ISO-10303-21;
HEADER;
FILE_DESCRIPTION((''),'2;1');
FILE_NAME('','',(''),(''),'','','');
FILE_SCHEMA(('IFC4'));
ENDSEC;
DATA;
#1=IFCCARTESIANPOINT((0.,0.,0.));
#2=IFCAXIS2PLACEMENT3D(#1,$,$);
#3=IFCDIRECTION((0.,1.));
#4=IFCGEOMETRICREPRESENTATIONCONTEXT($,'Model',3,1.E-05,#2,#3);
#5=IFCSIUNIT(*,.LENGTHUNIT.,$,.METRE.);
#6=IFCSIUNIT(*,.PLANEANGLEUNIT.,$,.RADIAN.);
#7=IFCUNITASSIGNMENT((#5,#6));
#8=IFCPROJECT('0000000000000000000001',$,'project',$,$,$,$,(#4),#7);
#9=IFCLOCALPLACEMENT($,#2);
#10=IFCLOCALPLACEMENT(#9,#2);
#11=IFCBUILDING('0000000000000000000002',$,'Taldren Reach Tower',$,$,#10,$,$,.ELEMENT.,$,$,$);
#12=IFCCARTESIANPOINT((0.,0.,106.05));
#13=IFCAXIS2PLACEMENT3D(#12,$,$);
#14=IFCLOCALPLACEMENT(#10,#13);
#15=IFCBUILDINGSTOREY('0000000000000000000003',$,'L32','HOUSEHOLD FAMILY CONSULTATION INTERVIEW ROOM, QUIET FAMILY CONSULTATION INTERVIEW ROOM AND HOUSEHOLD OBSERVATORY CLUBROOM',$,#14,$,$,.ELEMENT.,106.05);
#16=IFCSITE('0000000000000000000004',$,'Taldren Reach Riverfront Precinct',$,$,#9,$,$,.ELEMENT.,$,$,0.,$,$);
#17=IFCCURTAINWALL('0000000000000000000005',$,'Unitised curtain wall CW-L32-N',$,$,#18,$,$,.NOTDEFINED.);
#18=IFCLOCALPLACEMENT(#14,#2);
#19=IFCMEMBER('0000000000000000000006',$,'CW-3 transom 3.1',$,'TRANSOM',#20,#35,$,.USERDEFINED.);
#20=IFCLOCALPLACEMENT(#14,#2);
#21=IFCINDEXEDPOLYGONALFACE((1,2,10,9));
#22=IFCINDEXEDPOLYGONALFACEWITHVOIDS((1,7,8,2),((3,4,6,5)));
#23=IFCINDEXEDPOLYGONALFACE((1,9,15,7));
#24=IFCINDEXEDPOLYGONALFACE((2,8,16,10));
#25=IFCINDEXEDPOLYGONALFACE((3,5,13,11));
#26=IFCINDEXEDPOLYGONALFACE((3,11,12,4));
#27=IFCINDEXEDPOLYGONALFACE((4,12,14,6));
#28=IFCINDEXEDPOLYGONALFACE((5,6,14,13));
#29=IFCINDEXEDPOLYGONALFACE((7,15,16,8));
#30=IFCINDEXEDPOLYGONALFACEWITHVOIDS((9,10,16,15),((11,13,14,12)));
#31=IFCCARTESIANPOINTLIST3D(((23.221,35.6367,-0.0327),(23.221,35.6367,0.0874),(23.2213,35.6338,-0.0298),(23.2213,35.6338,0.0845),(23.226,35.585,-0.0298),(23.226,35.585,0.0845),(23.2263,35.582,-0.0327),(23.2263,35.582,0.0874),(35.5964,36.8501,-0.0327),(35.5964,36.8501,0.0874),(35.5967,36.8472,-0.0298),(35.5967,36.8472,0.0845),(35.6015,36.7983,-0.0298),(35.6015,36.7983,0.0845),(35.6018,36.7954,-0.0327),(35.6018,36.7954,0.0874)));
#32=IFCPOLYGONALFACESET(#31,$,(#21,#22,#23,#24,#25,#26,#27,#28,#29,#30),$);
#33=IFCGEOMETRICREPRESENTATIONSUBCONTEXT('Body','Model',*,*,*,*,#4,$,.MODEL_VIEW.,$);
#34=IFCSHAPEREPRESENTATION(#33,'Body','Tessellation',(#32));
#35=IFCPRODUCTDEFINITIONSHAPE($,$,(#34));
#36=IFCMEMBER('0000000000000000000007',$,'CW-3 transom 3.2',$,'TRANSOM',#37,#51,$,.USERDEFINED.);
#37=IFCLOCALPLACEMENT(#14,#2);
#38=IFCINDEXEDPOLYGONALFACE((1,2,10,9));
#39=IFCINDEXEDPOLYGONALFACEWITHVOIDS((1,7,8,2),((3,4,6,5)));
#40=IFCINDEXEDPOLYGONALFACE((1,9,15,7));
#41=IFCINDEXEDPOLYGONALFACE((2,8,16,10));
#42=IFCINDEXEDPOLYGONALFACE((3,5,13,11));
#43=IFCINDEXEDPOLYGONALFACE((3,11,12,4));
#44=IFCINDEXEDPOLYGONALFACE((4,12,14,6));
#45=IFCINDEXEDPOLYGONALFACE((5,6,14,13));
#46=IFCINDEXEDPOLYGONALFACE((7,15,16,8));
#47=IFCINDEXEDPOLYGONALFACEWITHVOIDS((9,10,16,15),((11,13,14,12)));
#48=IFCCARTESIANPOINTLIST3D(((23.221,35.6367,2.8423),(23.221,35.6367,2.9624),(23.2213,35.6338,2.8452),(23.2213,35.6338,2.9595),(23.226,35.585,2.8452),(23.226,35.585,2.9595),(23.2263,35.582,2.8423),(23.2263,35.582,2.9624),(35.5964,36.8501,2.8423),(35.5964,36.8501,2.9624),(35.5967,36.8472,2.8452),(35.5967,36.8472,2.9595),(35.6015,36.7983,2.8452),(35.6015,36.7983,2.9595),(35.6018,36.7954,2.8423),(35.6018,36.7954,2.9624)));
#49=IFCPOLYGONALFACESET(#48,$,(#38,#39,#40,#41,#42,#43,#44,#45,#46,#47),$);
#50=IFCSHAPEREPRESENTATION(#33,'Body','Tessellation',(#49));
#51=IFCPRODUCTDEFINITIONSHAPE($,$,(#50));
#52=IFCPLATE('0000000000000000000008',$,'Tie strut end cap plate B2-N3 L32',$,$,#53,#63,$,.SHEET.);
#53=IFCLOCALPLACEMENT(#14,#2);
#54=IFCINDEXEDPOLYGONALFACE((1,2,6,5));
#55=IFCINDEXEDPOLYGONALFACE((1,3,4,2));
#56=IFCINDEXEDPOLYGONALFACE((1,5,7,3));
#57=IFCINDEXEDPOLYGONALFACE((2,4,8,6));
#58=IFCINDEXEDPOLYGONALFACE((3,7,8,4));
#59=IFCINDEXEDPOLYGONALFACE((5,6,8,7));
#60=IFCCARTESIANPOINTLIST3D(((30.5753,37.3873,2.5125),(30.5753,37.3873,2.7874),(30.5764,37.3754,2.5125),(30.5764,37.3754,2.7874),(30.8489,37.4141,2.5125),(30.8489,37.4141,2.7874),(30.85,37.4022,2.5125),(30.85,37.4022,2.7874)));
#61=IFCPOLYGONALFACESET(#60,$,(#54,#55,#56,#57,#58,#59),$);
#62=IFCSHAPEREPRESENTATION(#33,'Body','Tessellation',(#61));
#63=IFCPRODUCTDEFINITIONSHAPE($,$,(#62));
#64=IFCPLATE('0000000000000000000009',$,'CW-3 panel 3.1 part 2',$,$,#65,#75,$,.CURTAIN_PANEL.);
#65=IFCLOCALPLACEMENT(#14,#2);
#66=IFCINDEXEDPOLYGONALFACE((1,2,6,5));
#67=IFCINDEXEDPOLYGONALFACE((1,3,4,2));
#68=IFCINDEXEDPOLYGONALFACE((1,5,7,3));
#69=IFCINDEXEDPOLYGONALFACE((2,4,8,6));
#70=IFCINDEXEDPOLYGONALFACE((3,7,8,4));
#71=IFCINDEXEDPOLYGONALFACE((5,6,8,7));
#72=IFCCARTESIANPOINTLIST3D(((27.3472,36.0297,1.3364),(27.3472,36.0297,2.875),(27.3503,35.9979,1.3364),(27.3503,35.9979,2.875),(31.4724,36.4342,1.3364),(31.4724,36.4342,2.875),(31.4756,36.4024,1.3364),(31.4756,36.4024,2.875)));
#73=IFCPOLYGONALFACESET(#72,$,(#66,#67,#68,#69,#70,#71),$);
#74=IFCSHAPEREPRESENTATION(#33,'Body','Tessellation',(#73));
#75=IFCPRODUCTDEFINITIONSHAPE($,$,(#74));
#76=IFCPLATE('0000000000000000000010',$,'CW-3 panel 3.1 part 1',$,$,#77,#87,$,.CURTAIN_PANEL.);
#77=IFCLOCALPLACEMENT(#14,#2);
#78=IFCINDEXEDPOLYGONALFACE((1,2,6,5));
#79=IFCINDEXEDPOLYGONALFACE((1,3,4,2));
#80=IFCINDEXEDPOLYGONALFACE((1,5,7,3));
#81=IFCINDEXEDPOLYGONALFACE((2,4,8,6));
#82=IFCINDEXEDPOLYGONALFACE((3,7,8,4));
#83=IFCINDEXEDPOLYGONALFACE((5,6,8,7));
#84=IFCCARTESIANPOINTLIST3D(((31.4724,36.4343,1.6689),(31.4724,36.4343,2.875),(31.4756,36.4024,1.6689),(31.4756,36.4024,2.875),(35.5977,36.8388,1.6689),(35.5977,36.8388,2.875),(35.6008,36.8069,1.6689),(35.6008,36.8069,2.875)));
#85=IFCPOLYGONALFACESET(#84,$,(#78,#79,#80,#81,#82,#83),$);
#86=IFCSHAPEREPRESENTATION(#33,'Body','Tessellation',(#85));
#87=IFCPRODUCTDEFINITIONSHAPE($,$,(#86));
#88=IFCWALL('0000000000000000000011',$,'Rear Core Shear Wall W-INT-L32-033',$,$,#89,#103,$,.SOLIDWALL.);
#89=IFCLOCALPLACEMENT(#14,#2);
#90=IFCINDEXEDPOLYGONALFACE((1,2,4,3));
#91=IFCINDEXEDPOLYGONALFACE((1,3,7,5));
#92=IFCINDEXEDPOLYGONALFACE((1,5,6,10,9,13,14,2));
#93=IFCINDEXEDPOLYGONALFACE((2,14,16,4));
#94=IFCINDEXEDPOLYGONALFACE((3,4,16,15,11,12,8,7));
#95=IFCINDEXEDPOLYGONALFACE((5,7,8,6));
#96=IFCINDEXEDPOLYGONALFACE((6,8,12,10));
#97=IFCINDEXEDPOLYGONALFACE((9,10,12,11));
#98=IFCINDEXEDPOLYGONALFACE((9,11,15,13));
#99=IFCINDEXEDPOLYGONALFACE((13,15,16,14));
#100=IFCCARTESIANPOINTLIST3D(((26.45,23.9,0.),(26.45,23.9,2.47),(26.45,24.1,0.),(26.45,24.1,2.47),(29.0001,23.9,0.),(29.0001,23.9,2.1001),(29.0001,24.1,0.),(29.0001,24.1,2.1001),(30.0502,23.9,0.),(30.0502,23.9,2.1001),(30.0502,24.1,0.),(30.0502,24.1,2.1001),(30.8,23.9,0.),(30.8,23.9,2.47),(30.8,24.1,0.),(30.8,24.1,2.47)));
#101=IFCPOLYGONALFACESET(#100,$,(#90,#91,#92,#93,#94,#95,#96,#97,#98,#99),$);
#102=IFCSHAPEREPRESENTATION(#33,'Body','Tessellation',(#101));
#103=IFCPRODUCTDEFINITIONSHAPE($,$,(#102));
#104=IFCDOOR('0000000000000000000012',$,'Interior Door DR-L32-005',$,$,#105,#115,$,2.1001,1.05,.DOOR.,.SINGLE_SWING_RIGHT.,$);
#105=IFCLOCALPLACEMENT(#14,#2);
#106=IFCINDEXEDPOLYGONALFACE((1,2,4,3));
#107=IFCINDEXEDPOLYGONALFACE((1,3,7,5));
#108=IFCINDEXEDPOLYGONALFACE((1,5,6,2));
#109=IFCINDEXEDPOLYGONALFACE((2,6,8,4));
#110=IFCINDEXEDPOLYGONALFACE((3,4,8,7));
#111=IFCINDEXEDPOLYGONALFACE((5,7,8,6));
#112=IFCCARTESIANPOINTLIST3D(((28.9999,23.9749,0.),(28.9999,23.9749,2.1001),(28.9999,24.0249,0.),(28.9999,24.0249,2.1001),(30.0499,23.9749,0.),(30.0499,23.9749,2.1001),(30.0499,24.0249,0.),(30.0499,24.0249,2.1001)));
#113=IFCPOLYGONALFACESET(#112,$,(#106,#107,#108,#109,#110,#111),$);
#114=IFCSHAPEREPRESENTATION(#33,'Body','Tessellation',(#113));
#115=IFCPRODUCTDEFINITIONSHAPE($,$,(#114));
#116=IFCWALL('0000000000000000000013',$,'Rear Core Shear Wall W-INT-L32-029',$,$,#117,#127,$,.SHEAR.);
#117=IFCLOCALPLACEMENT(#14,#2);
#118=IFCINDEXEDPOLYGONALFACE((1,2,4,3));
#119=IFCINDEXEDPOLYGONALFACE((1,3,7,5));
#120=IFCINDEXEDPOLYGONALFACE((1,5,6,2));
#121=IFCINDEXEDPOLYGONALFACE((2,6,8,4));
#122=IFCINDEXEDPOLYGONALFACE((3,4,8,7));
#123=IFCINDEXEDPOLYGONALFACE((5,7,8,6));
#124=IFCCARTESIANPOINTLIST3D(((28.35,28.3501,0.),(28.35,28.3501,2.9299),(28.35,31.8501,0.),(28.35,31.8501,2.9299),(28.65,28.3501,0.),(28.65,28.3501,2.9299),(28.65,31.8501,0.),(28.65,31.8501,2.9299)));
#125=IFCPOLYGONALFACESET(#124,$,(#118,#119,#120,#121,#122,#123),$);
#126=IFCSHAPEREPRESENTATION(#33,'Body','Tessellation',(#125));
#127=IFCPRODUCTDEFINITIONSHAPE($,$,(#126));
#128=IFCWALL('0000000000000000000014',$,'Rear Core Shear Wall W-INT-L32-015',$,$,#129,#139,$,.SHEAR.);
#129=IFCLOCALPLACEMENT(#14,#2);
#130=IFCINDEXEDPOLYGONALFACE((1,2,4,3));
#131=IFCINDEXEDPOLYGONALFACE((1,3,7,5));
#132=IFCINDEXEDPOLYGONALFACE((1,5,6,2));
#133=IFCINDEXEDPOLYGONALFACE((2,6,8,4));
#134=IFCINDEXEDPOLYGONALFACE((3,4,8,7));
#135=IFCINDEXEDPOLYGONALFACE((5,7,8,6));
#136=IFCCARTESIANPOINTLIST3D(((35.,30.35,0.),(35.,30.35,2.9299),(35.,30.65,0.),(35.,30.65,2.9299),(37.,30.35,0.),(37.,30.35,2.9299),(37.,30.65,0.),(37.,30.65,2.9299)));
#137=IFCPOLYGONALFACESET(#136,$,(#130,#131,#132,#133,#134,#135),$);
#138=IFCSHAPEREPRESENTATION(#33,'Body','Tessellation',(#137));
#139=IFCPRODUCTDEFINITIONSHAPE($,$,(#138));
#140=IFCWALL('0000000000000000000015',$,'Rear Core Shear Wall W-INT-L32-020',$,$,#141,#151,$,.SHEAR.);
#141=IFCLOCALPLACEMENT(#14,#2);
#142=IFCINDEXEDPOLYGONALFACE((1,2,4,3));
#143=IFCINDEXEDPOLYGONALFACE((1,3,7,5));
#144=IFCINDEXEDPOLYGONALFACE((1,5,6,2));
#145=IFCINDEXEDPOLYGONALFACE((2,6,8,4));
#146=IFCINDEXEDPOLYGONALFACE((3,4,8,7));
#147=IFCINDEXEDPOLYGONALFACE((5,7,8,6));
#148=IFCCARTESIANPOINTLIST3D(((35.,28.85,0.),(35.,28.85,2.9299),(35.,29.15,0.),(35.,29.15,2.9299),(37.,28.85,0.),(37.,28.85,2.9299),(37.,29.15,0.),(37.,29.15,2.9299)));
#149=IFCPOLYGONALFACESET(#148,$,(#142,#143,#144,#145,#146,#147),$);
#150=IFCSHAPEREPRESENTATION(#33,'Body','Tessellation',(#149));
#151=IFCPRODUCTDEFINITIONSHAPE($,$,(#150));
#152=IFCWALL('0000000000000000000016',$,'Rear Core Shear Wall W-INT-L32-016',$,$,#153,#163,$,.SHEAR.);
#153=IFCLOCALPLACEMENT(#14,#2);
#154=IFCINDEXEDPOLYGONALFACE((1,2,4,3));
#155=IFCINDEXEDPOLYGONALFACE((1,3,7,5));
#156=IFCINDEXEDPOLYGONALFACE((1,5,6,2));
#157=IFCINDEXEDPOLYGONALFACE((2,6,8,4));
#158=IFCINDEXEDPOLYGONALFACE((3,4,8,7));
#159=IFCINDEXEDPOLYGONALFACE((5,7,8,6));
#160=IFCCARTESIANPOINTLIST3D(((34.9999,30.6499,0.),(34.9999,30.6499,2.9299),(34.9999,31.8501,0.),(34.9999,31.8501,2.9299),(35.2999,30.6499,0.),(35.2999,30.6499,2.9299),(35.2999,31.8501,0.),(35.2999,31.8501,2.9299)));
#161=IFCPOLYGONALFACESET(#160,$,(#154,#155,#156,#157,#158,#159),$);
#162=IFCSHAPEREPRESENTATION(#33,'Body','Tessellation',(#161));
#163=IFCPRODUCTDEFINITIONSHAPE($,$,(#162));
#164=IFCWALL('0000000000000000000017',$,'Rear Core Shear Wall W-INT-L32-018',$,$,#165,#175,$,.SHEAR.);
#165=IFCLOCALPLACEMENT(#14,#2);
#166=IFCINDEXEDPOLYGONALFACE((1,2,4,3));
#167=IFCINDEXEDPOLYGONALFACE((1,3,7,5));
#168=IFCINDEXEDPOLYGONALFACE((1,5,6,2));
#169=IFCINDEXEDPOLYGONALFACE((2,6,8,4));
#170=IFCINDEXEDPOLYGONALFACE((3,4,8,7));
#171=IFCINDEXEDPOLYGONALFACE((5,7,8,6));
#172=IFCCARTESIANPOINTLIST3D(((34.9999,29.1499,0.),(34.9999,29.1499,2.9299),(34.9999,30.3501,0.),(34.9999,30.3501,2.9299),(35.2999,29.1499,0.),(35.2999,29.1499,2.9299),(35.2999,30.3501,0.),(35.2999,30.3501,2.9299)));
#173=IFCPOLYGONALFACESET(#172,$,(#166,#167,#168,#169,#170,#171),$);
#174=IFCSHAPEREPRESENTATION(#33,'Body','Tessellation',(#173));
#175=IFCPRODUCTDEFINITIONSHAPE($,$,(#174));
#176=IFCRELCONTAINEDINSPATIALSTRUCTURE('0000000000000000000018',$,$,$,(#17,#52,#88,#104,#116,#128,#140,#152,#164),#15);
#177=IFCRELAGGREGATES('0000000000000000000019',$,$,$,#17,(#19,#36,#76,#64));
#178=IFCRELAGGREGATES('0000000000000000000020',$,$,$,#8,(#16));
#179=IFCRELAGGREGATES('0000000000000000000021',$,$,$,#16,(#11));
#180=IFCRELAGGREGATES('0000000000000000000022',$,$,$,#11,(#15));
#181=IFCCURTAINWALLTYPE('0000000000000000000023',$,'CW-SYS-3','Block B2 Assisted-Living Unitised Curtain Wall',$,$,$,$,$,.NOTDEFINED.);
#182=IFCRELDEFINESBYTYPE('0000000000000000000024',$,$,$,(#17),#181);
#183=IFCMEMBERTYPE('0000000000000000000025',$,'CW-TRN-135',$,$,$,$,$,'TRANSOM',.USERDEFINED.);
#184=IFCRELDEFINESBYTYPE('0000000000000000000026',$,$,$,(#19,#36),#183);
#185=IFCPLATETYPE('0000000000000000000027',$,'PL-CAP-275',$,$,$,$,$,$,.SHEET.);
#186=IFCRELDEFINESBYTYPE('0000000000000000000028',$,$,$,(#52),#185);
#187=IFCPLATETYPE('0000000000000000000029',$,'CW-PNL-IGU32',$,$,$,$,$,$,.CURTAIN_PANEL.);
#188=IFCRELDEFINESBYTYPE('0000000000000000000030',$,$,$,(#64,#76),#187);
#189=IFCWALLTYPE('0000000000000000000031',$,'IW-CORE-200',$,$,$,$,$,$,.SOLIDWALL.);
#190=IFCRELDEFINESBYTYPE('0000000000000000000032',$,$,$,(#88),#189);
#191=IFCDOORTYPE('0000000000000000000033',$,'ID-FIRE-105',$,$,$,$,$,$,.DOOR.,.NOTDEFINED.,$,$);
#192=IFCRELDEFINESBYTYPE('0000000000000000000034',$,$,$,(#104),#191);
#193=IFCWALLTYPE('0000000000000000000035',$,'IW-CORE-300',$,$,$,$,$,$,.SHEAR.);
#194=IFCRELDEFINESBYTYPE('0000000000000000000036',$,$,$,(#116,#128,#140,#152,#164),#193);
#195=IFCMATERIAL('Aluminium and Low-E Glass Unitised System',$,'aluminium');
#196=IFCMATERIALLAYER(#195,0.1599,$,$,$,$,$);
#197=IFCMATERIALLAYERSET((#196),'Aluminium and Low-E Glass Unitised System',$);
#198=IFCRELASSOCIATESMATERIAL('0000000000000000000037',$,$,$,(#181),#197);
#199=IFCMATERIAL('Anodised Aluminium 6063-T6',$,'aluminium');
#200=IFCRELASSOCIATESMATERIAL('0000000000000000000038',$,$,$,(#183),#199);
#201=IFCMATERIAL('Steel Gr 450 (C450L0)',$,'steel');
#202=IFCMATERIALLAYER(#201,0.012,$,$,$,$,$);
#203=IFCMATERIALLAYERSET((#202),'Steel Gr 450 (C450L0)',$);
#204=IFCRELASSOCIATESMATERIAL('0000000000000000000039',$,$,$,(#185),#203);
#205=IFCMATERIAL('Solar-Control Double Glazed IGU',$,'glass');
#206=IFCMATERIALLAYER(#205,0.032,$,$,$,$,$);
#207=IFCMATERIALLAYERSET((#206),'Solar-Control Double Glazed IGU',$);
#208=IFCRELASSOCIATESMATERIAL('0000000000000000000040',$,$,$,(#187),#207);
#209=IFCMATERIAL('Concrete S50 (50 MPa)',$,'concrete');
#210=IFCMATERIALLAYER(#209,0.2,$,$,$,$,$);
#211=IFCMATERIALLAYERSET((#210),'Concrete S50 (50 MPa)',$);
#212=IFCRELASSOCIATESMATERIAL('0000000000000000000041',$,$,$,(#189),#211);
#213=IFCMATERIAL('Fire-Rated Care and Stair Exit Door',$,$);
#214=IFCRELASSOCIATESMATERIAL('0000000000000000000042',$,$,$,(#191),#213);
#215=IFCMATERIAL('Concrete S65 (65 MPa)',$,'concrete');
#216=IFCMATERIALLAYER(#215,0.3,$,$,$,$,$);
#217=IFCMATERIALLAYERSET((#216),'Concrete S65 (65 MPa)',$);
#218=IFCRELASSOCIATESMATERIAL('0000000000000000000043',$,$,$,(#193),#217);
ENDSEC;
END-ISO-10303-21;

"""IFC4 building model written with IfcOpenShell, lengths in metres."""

from ifc_helpers import new_model, si_unit, direction, frame, frame_2d, origin, origin_2d, place, context, subcontext, project, spatial, rectangle, hollow_rectangle, extrude, source, transform, mapped, material, layer, layer_set, material_profile, profile_set, type_object, element, fill, aggregate, save


model = new_model("IFC4")

# Units and contexts
model_context = context("Model", 3, precision=1e-05, world=origin(), true_north=direction((0.0, 1.0)))
body_context = subcontext(model_context, "Body", "Model", "MODEL_VIEW")
ifc_project = project(units=[si_unit("LENGTHUNIT", "METRE"), si_unit("PLANEANGLEUNIT", "RADIAN")], contexts=[model_context])

# Site, building, storey
site_placement = place(None, origin())
site = spatial("IfcSite", under=ifc_project, at=site_placement, Name="Taldren Reach Riverfront Precinct", CompositionType="ELEMENT", RefElevation=0.0)
building_placement = place(site_placement, origin())
building = spatial("IfcBuilding", under=site, at=building_placement, Name="Taldren Reach Tower", CompositionType="ELEMENT")
storey_placement = place(building_placement, frame((0.0, 0.0, 106.05)))
storey = spatial("IfcBuildingStorey", under=building, at=storey_placement, Name="L32", Description="HOUSEHOLD FAMILY CONSULTATION INTERVIEW ROOM, QUIET FAMILY CONSULTATION INTERVIEW ROOM AND HOUSEHOLD OBSERVATORY CLUBROOM", CompositionType="ELEMENT", Elevation=106.05)

# Shared definitions
ifc_material_1 = material(Name="Steel Gr 450 (C450L0)", Category="steel")

# Curtain wall, members
ifc_material_2 = material(Name="Aluminium and Low-E Glass Unitised System", Category="aluminium")
ifc_layer_1 = layer(ifc_material_2, 0.1599)
ifc_layer_set_1 = layer_set([ifc_layer_1], Name="Aluminium and Low-E Glass Unitised System")
curtain_wall_type = type_object("IfcCurtainWallType", Name="CW-SYS-3", Description="Block B2 Assisted-Living Unitised Curtain Wall", PredefinedType="NOTDEFINED", material=ifc_layer_set_1)
curtain_wall_placement = place(storey_placement, origin())
curtain_wall = element("IfcCurtainWall", 1, at=curtain_wall_placement, inside=storey, type_object=curtain_wall_type, Name="Unitised curtain wall CW-L32-N", PredefinedType="NOTDEFINED")
ifc_material_3 = material(Name="Anodised Aluminium 6063-T6", Category="aluminium")
ifc_material_profile_1 = material_profile(ifc_material_3, hollow_rectangle(XDim=0.0549, YDim=0.1201, WallThickness=0.0029, at=origin_2d()), Name="ALU-120x55x3RHS")
ifc_profile_set_1 = profile_set([ifc_material_profile_1], Name="Anodised Aluminium 6063-T6")
member_type_1 = type_object("IfcMemberType", Name="CW-TRN-135", ElementType="TRANSOM", PredefinedType="USERDEFINED", material=ifc_profile_set_1)
shared_shape_1 = source(origin(), body_context, "Body", "SweptSolid", [
    extrude(hollow_rectangle(XDim=0.0549, YDim=0.1201, WallThickness=0.0029, at=origin_2d()), origin(), (0.0, 0.0, 1.0), 12.4348),
])
member_1_placement = place(storey_placement, frame((35.5991, 36.8228, 0.0273), z_axis=(-0.995228, -0.097579, 0.0), x_axis=(0.097579, -0.995228, 0.0)))
member_1 = element("IfcMember", 2, at=member_1_placement, type_object=member_type_1, Name="CW-3 transom 3.1", ObjectType="TRANSOM", PredefinedType="USERDEFINED", context=body_context, shape_type="MappedRepresentation", body=[
    mapped(shared_shape_1, transform((0.0, 0.0, 0.0), scale=1.0)),
])
member_2_placement = place(storey_placement, frame((35.5991, 36.8228, 2.9023), z_axis=(-0.995228, -0.097579, 0.0), x_axis=(0.097579, -0.995228, 0.0)))
member_2 = element("IfcMember", 3, at=member_2_placement, type_object=member_type_1, Name="CW-3 transom 3.2", ObjectType="TRANSOM", PredefinedType="USERDEFINED", context=body_context, shape_type="MappedRepresentation", body=[
    mapped(shared_shape_1, transform((0.0, 0.0, 0.0), scale=1.0)),
])

# Plates
ifc_layer_2 = layer(ifc_material_1, 0.012)
ifc_layer_set_2 = layer_set([ifc_layer_2], Name="Steel Gr 450 (C450L0)")
plate_type_1 = type_object("IfcPlateType", Name="PL-CAP-275", PredefinedType="SHEET", material=ifc_layer_set_2)
shared_shape_2 = source(origin(), body_context, "Body", "SweptSolid", [
    extrude(rectangle(XDim=0.2749, YDim=0.012, at=origin_2d()), origin(), (0.0, 0.0, 1.0), 0.2749),
])
plate_1_placement = place(storey_placement, frame((30.7126, 37.3948, 2.5125), z_axis=(0.0, 0.0, 1.0), x_axis=(0.995227, 0.097583, 0.0)))
element("IfcPlate", 4, at=plate_1_placement, inside=storey, type_object=plate_type_1, Name="Tie strut end cap plate B2-N3 L32", PredefinedType="SHEET", context=body_context, shape_type="MappedRepresentation", body=[
    mapped(shared_shape_2, transform((0.0, 0.0, 0.0), scale=1.0)),
])
ifc_material_4 = material(Name="Solar-Control Double Glazed IGU", Category="glass")
ifc_layer_3 = layer(ifc_material_4, 0.032)
ifc_layer_set_3 = layer_set([ifc_layer_3], Name="Solar-Control Double Glazed IGU")
plate_type_2 = type_object("IfcPlateType", Name="CW-PNL-IGU32", PredefinedType="CURTAIN_PANEL", material=ifc_layer_set_3)
shared_shape_3 = source(origin(), body_context, "Body", "SweptSolid", [
    extrude(rectangle(XDim=4.145, YDim=0.032, at=origin_2d()), origin(), (0.0, 0.0, 1.0), 1.5386),
])
plate_2_placement = place(storey_placement, frame((29.4114, 36.2161, 1.3364), z_axis=(0.0, 0.0, 1.0), x_axis=(-0.995227, -0.097583, 0.0)))
plate_2 = element("IfcPlate", 5, at=plate_2_placement, type_object=plate_type_2, Name="CW-3 panel 3.1 part 2", PredefinedType="CURTAIN_PANEL", context=body_context, shape_type="MappedRepresentation", body=[
    mapped(shared_shape_3, transform((0.0, 0.0, 0.0), scale=1.0)),
])
shared_shape_4 = source(origin(), body_context, "Body", "SweptSolid", [
    extrude(rectangle(XDim=4.145, YDim=0.032, at=origin_2d()), origin(), (0.0, 0.0, 1.0), 1.2061),
])
plate_3_placement = place(storey_placement, frame((33.5366, 36.6206, 1.6689), z_axis=(0.0, 0.0, 1.0), x_axis=(-0.995227, -0.097583, 0.0)))
plate_3 = element("IfcPlate", 6, at=plate_3_placement, type_object=plate_type_2, Name="CW-3 panel 3.1 part 1", PredefinedType="CURTAIN_PANEL", context=body_context, shape_type="MappedRepresentation", body=[
    mapped(shared_shape_4, transform((0.0, 0.0, 0.0), scale=1.0)),
])
aggregate(curtain_wall, [member_1, member_2, plate_3, plate_2])

# Wall, opening, door
ifc_material_5 = material(Name="Concrete S50 (50 MPa)", Category="concrete")
ifc_layer_4 = layer(ifc_material_5, 0.2)
ifc_layer_set_4 = layer_set([ifc_layer_4], Name="Concrete S50 (50 MPa)")
wall_type_1 = type_object("IfcWallType", Name="IW-CORE-200", PredefinedType="SOLIDWALL", material=ifc_layer_set_4)
shared_shape_5 = source(origin(), body_context, "Body", "SweptSolid", [
    extrude(rectangle(XDim=4.3501, YDim=0.2, at=frame_2d((2.175, 0.0))), origin(), (0.0, 0.0, 1.0), 2.47),
])
wall_1_placement = place(storey_placement, frame((30.8, 24.0, 0.0), z_axis=(0.0, 0.0, 1.0), x_axis=(-1.0, 0.0, 0.0)))
wall_1 = element("IfcWall", 7, at=wall_1_placement, inside=storey, type_object=wall_type_1, Name="Rear Core Shear Wall W-INT-L32-033", PredefinedType="SOLIDWALL", context=body_context, shape_type="MappedRepresentation", body=[
    mapped(shared_shape_5, transform((0.0, 0.0, 0.0), scale=1.0)),
])
shared_shape_6 = source(origin(), body_context, "Body", "SweptSolid", [
    extrude(rectangle(XDim=1.05, YDim=2.1001, at=frame_2d((0.5249, 1.05))), frame((0.0, 0.1099, 0.0), z_axis=(0.0, -1.0, 0.0), x_axis=(1.0, 0.0, 0.0)), (0.0, 0.0, 1.0), 0.22),
])
opening_1_placement = place(wall_1_placement, frame((0.75, 0.0, 0.0)))
opening_1 = element("IfcOpeningElement", 8, at=opening_1_placement, cuts=wall_1, PredefinedType="OPENING", context=body_context, shape_type="MappedRepresentation", body=[
    mapped(shared_shape_6, transform((0.0, 0.0, 0.0), scale=1.0)),
])
ifc_material_6 = material(Name="Fire-Rated Care and Stair Exit Door")
door_type_1 = type_object("IfcDoorType", Name="ID-FIRE-105", OperationType="NOTDEFINED", PredefinedType="DOOR", material=ifc_material_6)
shared_shape_7 = source(origin(), body_context, "Body", "SweptSolid", [
    extrude(rectangle(XDim=1.05, YDim=2.1001, at=frame_2d((0.5249, 1.05))), frame((0.0, 0.0249, 0.0), z_axis=(0.0, -1.0, 0.0), x_axis=(1.0, 0.0, 0.0)), (0.0, 0.0, 1.0), 0.05),
])
door_1_placement = place(opening_1_placement, frame((1.05, 0.0, 0.0), z_axis=(0.0, 0.0, 1.0), x_axis=(-1.0, 0.0, 0.0)))
door_1 = element("IfcDoor", 9, at=door_1_placement, inside=storey, type_object=door_type_1, Name="Interior Door DR-L32-005", OperationType="SINGLE_SWING_RIGHT", OverallHeight=2.1001, OverallWidth=1.05, PredefinedType="DOOR", context=body_context, shape_type="MappedRepresentation", body=[
    mapped(shared_shape_7, transform((0.0, 0.0, 0.0), scale=1.0)),
])
fill(opening_1, door_1)

# Walls
ifc_material_7 = material(Name="Concrete S65 (65 MPa)", Category="concrete")
ifc_layer_5 = layer(ifc_material_7, 0.3)
ifc_layer_set_5 = layer_set([ifc_layer_5], Name="Concrete S65 (65 MPa)")
wall_type_2 = type_object("IfcWallType", Name="IW-CORE-300", PredefinedType="SHEAR", material=ifc_layer_set_5)
shared_shape_8 = source(origin(), body_context, "Body", "SweptSolid", [
    extrude(rectangle(XDim=3.5, YDim=0.3, at=frame_2d((1.75, 0.0))), origin(), (0.0, 0.0, 1.0), 2.9299),
])
wall_2_placement = place(storey_placement, frame((28.5, 28.3501, 0.0), z_axis=(0.0, 0.0, 1.0), x_axis=(0.0, 1.0, 0.0)))
element("IfcWall", 10, at=wall_2_placement, inside=storey, type_object=wall_type_2, Name="Rear Core Shear Wall W-INT-L32-029", PredefinedType="SHEAR", context=body_context, shape_type="MappedRepresentation", body=[
    mapped(shared_shape_8, transform((0.0, 0.0, 0.0), scale=1.0)),
])
shared_shape_9 = source(origin(), body_context, "Body", "SweptSolid", [
    extrude(rectangle(XDim=2.0, YDim=0.3, at=frame_2d((1.0, 0.0))), origin(), (0.0, 0.0, 1.0), 2.9299),
])
for number, where, z_axis, x_axis, name in (
    (11, (35.0, 30.5, 0.0), (0.0, 0.0, 1.0), (1.0, 0.0, 0.0), "Rear Core Shear Wall W-INT-L32-015"),
    (12, (35.0, 29.0, 0.0), (0.0, 0.0, 1.0), (1.0, 0.0, 0.0), "Rear Core Shear Wall W-INT-L32-020"),
):
    element("IfcWall", number, at=place(storey_placement, frame(where, z_axis=z_axis, x_axis=x_axis)), inside=storey, type_object=wall_type_2, Name=name, PredefinedType="SHEAR", context=body_context, shape_type="MappedRepresentation", body=[
        mapped(shared_shape_9, transform((0.0, 0.0, 0.0), scale=1.0)),
    ])
shared_shape_10 = source(origin(), body_context, "Body", "SweptSolid", [
    extrude(rectangle(XDim=1.2002, YDim=0.3, at=frame_2d((0.6001, 0.0))), origin(), (0.0, 0.0, 1.0), 2.9299),
])
for number, where, z_axis, x_axis, name in (
    (13, (35.1499, 31.8501, 0.0), (0.0, 0.0, 1.0), (0.0, -1.0, 0.0), "Rear Core Shear Wall W-INT-L32-016"),
    (14, (35.1499, 30.3501, 0.0), (0.0, 0.0, 1.0), (0.0, -1.0, 0.0), "Rear Core Shear Wall W-INT-L32-018"),
):
    element("IfcWall", number, at=place(storey_placement, frame(where, z_axis=z_axis, x_axis=x_axis)), inside=storey, type_object=wall_type_2, Name=name, PredefinedType="SHEAR", context=body_context, shape_type="MappedRepresentation", body=[
        mapped(shared_shape_10, transform((0.0, 0.0, 0.0), scale=1.0)),
    ])

save(model, "model.ifc")
